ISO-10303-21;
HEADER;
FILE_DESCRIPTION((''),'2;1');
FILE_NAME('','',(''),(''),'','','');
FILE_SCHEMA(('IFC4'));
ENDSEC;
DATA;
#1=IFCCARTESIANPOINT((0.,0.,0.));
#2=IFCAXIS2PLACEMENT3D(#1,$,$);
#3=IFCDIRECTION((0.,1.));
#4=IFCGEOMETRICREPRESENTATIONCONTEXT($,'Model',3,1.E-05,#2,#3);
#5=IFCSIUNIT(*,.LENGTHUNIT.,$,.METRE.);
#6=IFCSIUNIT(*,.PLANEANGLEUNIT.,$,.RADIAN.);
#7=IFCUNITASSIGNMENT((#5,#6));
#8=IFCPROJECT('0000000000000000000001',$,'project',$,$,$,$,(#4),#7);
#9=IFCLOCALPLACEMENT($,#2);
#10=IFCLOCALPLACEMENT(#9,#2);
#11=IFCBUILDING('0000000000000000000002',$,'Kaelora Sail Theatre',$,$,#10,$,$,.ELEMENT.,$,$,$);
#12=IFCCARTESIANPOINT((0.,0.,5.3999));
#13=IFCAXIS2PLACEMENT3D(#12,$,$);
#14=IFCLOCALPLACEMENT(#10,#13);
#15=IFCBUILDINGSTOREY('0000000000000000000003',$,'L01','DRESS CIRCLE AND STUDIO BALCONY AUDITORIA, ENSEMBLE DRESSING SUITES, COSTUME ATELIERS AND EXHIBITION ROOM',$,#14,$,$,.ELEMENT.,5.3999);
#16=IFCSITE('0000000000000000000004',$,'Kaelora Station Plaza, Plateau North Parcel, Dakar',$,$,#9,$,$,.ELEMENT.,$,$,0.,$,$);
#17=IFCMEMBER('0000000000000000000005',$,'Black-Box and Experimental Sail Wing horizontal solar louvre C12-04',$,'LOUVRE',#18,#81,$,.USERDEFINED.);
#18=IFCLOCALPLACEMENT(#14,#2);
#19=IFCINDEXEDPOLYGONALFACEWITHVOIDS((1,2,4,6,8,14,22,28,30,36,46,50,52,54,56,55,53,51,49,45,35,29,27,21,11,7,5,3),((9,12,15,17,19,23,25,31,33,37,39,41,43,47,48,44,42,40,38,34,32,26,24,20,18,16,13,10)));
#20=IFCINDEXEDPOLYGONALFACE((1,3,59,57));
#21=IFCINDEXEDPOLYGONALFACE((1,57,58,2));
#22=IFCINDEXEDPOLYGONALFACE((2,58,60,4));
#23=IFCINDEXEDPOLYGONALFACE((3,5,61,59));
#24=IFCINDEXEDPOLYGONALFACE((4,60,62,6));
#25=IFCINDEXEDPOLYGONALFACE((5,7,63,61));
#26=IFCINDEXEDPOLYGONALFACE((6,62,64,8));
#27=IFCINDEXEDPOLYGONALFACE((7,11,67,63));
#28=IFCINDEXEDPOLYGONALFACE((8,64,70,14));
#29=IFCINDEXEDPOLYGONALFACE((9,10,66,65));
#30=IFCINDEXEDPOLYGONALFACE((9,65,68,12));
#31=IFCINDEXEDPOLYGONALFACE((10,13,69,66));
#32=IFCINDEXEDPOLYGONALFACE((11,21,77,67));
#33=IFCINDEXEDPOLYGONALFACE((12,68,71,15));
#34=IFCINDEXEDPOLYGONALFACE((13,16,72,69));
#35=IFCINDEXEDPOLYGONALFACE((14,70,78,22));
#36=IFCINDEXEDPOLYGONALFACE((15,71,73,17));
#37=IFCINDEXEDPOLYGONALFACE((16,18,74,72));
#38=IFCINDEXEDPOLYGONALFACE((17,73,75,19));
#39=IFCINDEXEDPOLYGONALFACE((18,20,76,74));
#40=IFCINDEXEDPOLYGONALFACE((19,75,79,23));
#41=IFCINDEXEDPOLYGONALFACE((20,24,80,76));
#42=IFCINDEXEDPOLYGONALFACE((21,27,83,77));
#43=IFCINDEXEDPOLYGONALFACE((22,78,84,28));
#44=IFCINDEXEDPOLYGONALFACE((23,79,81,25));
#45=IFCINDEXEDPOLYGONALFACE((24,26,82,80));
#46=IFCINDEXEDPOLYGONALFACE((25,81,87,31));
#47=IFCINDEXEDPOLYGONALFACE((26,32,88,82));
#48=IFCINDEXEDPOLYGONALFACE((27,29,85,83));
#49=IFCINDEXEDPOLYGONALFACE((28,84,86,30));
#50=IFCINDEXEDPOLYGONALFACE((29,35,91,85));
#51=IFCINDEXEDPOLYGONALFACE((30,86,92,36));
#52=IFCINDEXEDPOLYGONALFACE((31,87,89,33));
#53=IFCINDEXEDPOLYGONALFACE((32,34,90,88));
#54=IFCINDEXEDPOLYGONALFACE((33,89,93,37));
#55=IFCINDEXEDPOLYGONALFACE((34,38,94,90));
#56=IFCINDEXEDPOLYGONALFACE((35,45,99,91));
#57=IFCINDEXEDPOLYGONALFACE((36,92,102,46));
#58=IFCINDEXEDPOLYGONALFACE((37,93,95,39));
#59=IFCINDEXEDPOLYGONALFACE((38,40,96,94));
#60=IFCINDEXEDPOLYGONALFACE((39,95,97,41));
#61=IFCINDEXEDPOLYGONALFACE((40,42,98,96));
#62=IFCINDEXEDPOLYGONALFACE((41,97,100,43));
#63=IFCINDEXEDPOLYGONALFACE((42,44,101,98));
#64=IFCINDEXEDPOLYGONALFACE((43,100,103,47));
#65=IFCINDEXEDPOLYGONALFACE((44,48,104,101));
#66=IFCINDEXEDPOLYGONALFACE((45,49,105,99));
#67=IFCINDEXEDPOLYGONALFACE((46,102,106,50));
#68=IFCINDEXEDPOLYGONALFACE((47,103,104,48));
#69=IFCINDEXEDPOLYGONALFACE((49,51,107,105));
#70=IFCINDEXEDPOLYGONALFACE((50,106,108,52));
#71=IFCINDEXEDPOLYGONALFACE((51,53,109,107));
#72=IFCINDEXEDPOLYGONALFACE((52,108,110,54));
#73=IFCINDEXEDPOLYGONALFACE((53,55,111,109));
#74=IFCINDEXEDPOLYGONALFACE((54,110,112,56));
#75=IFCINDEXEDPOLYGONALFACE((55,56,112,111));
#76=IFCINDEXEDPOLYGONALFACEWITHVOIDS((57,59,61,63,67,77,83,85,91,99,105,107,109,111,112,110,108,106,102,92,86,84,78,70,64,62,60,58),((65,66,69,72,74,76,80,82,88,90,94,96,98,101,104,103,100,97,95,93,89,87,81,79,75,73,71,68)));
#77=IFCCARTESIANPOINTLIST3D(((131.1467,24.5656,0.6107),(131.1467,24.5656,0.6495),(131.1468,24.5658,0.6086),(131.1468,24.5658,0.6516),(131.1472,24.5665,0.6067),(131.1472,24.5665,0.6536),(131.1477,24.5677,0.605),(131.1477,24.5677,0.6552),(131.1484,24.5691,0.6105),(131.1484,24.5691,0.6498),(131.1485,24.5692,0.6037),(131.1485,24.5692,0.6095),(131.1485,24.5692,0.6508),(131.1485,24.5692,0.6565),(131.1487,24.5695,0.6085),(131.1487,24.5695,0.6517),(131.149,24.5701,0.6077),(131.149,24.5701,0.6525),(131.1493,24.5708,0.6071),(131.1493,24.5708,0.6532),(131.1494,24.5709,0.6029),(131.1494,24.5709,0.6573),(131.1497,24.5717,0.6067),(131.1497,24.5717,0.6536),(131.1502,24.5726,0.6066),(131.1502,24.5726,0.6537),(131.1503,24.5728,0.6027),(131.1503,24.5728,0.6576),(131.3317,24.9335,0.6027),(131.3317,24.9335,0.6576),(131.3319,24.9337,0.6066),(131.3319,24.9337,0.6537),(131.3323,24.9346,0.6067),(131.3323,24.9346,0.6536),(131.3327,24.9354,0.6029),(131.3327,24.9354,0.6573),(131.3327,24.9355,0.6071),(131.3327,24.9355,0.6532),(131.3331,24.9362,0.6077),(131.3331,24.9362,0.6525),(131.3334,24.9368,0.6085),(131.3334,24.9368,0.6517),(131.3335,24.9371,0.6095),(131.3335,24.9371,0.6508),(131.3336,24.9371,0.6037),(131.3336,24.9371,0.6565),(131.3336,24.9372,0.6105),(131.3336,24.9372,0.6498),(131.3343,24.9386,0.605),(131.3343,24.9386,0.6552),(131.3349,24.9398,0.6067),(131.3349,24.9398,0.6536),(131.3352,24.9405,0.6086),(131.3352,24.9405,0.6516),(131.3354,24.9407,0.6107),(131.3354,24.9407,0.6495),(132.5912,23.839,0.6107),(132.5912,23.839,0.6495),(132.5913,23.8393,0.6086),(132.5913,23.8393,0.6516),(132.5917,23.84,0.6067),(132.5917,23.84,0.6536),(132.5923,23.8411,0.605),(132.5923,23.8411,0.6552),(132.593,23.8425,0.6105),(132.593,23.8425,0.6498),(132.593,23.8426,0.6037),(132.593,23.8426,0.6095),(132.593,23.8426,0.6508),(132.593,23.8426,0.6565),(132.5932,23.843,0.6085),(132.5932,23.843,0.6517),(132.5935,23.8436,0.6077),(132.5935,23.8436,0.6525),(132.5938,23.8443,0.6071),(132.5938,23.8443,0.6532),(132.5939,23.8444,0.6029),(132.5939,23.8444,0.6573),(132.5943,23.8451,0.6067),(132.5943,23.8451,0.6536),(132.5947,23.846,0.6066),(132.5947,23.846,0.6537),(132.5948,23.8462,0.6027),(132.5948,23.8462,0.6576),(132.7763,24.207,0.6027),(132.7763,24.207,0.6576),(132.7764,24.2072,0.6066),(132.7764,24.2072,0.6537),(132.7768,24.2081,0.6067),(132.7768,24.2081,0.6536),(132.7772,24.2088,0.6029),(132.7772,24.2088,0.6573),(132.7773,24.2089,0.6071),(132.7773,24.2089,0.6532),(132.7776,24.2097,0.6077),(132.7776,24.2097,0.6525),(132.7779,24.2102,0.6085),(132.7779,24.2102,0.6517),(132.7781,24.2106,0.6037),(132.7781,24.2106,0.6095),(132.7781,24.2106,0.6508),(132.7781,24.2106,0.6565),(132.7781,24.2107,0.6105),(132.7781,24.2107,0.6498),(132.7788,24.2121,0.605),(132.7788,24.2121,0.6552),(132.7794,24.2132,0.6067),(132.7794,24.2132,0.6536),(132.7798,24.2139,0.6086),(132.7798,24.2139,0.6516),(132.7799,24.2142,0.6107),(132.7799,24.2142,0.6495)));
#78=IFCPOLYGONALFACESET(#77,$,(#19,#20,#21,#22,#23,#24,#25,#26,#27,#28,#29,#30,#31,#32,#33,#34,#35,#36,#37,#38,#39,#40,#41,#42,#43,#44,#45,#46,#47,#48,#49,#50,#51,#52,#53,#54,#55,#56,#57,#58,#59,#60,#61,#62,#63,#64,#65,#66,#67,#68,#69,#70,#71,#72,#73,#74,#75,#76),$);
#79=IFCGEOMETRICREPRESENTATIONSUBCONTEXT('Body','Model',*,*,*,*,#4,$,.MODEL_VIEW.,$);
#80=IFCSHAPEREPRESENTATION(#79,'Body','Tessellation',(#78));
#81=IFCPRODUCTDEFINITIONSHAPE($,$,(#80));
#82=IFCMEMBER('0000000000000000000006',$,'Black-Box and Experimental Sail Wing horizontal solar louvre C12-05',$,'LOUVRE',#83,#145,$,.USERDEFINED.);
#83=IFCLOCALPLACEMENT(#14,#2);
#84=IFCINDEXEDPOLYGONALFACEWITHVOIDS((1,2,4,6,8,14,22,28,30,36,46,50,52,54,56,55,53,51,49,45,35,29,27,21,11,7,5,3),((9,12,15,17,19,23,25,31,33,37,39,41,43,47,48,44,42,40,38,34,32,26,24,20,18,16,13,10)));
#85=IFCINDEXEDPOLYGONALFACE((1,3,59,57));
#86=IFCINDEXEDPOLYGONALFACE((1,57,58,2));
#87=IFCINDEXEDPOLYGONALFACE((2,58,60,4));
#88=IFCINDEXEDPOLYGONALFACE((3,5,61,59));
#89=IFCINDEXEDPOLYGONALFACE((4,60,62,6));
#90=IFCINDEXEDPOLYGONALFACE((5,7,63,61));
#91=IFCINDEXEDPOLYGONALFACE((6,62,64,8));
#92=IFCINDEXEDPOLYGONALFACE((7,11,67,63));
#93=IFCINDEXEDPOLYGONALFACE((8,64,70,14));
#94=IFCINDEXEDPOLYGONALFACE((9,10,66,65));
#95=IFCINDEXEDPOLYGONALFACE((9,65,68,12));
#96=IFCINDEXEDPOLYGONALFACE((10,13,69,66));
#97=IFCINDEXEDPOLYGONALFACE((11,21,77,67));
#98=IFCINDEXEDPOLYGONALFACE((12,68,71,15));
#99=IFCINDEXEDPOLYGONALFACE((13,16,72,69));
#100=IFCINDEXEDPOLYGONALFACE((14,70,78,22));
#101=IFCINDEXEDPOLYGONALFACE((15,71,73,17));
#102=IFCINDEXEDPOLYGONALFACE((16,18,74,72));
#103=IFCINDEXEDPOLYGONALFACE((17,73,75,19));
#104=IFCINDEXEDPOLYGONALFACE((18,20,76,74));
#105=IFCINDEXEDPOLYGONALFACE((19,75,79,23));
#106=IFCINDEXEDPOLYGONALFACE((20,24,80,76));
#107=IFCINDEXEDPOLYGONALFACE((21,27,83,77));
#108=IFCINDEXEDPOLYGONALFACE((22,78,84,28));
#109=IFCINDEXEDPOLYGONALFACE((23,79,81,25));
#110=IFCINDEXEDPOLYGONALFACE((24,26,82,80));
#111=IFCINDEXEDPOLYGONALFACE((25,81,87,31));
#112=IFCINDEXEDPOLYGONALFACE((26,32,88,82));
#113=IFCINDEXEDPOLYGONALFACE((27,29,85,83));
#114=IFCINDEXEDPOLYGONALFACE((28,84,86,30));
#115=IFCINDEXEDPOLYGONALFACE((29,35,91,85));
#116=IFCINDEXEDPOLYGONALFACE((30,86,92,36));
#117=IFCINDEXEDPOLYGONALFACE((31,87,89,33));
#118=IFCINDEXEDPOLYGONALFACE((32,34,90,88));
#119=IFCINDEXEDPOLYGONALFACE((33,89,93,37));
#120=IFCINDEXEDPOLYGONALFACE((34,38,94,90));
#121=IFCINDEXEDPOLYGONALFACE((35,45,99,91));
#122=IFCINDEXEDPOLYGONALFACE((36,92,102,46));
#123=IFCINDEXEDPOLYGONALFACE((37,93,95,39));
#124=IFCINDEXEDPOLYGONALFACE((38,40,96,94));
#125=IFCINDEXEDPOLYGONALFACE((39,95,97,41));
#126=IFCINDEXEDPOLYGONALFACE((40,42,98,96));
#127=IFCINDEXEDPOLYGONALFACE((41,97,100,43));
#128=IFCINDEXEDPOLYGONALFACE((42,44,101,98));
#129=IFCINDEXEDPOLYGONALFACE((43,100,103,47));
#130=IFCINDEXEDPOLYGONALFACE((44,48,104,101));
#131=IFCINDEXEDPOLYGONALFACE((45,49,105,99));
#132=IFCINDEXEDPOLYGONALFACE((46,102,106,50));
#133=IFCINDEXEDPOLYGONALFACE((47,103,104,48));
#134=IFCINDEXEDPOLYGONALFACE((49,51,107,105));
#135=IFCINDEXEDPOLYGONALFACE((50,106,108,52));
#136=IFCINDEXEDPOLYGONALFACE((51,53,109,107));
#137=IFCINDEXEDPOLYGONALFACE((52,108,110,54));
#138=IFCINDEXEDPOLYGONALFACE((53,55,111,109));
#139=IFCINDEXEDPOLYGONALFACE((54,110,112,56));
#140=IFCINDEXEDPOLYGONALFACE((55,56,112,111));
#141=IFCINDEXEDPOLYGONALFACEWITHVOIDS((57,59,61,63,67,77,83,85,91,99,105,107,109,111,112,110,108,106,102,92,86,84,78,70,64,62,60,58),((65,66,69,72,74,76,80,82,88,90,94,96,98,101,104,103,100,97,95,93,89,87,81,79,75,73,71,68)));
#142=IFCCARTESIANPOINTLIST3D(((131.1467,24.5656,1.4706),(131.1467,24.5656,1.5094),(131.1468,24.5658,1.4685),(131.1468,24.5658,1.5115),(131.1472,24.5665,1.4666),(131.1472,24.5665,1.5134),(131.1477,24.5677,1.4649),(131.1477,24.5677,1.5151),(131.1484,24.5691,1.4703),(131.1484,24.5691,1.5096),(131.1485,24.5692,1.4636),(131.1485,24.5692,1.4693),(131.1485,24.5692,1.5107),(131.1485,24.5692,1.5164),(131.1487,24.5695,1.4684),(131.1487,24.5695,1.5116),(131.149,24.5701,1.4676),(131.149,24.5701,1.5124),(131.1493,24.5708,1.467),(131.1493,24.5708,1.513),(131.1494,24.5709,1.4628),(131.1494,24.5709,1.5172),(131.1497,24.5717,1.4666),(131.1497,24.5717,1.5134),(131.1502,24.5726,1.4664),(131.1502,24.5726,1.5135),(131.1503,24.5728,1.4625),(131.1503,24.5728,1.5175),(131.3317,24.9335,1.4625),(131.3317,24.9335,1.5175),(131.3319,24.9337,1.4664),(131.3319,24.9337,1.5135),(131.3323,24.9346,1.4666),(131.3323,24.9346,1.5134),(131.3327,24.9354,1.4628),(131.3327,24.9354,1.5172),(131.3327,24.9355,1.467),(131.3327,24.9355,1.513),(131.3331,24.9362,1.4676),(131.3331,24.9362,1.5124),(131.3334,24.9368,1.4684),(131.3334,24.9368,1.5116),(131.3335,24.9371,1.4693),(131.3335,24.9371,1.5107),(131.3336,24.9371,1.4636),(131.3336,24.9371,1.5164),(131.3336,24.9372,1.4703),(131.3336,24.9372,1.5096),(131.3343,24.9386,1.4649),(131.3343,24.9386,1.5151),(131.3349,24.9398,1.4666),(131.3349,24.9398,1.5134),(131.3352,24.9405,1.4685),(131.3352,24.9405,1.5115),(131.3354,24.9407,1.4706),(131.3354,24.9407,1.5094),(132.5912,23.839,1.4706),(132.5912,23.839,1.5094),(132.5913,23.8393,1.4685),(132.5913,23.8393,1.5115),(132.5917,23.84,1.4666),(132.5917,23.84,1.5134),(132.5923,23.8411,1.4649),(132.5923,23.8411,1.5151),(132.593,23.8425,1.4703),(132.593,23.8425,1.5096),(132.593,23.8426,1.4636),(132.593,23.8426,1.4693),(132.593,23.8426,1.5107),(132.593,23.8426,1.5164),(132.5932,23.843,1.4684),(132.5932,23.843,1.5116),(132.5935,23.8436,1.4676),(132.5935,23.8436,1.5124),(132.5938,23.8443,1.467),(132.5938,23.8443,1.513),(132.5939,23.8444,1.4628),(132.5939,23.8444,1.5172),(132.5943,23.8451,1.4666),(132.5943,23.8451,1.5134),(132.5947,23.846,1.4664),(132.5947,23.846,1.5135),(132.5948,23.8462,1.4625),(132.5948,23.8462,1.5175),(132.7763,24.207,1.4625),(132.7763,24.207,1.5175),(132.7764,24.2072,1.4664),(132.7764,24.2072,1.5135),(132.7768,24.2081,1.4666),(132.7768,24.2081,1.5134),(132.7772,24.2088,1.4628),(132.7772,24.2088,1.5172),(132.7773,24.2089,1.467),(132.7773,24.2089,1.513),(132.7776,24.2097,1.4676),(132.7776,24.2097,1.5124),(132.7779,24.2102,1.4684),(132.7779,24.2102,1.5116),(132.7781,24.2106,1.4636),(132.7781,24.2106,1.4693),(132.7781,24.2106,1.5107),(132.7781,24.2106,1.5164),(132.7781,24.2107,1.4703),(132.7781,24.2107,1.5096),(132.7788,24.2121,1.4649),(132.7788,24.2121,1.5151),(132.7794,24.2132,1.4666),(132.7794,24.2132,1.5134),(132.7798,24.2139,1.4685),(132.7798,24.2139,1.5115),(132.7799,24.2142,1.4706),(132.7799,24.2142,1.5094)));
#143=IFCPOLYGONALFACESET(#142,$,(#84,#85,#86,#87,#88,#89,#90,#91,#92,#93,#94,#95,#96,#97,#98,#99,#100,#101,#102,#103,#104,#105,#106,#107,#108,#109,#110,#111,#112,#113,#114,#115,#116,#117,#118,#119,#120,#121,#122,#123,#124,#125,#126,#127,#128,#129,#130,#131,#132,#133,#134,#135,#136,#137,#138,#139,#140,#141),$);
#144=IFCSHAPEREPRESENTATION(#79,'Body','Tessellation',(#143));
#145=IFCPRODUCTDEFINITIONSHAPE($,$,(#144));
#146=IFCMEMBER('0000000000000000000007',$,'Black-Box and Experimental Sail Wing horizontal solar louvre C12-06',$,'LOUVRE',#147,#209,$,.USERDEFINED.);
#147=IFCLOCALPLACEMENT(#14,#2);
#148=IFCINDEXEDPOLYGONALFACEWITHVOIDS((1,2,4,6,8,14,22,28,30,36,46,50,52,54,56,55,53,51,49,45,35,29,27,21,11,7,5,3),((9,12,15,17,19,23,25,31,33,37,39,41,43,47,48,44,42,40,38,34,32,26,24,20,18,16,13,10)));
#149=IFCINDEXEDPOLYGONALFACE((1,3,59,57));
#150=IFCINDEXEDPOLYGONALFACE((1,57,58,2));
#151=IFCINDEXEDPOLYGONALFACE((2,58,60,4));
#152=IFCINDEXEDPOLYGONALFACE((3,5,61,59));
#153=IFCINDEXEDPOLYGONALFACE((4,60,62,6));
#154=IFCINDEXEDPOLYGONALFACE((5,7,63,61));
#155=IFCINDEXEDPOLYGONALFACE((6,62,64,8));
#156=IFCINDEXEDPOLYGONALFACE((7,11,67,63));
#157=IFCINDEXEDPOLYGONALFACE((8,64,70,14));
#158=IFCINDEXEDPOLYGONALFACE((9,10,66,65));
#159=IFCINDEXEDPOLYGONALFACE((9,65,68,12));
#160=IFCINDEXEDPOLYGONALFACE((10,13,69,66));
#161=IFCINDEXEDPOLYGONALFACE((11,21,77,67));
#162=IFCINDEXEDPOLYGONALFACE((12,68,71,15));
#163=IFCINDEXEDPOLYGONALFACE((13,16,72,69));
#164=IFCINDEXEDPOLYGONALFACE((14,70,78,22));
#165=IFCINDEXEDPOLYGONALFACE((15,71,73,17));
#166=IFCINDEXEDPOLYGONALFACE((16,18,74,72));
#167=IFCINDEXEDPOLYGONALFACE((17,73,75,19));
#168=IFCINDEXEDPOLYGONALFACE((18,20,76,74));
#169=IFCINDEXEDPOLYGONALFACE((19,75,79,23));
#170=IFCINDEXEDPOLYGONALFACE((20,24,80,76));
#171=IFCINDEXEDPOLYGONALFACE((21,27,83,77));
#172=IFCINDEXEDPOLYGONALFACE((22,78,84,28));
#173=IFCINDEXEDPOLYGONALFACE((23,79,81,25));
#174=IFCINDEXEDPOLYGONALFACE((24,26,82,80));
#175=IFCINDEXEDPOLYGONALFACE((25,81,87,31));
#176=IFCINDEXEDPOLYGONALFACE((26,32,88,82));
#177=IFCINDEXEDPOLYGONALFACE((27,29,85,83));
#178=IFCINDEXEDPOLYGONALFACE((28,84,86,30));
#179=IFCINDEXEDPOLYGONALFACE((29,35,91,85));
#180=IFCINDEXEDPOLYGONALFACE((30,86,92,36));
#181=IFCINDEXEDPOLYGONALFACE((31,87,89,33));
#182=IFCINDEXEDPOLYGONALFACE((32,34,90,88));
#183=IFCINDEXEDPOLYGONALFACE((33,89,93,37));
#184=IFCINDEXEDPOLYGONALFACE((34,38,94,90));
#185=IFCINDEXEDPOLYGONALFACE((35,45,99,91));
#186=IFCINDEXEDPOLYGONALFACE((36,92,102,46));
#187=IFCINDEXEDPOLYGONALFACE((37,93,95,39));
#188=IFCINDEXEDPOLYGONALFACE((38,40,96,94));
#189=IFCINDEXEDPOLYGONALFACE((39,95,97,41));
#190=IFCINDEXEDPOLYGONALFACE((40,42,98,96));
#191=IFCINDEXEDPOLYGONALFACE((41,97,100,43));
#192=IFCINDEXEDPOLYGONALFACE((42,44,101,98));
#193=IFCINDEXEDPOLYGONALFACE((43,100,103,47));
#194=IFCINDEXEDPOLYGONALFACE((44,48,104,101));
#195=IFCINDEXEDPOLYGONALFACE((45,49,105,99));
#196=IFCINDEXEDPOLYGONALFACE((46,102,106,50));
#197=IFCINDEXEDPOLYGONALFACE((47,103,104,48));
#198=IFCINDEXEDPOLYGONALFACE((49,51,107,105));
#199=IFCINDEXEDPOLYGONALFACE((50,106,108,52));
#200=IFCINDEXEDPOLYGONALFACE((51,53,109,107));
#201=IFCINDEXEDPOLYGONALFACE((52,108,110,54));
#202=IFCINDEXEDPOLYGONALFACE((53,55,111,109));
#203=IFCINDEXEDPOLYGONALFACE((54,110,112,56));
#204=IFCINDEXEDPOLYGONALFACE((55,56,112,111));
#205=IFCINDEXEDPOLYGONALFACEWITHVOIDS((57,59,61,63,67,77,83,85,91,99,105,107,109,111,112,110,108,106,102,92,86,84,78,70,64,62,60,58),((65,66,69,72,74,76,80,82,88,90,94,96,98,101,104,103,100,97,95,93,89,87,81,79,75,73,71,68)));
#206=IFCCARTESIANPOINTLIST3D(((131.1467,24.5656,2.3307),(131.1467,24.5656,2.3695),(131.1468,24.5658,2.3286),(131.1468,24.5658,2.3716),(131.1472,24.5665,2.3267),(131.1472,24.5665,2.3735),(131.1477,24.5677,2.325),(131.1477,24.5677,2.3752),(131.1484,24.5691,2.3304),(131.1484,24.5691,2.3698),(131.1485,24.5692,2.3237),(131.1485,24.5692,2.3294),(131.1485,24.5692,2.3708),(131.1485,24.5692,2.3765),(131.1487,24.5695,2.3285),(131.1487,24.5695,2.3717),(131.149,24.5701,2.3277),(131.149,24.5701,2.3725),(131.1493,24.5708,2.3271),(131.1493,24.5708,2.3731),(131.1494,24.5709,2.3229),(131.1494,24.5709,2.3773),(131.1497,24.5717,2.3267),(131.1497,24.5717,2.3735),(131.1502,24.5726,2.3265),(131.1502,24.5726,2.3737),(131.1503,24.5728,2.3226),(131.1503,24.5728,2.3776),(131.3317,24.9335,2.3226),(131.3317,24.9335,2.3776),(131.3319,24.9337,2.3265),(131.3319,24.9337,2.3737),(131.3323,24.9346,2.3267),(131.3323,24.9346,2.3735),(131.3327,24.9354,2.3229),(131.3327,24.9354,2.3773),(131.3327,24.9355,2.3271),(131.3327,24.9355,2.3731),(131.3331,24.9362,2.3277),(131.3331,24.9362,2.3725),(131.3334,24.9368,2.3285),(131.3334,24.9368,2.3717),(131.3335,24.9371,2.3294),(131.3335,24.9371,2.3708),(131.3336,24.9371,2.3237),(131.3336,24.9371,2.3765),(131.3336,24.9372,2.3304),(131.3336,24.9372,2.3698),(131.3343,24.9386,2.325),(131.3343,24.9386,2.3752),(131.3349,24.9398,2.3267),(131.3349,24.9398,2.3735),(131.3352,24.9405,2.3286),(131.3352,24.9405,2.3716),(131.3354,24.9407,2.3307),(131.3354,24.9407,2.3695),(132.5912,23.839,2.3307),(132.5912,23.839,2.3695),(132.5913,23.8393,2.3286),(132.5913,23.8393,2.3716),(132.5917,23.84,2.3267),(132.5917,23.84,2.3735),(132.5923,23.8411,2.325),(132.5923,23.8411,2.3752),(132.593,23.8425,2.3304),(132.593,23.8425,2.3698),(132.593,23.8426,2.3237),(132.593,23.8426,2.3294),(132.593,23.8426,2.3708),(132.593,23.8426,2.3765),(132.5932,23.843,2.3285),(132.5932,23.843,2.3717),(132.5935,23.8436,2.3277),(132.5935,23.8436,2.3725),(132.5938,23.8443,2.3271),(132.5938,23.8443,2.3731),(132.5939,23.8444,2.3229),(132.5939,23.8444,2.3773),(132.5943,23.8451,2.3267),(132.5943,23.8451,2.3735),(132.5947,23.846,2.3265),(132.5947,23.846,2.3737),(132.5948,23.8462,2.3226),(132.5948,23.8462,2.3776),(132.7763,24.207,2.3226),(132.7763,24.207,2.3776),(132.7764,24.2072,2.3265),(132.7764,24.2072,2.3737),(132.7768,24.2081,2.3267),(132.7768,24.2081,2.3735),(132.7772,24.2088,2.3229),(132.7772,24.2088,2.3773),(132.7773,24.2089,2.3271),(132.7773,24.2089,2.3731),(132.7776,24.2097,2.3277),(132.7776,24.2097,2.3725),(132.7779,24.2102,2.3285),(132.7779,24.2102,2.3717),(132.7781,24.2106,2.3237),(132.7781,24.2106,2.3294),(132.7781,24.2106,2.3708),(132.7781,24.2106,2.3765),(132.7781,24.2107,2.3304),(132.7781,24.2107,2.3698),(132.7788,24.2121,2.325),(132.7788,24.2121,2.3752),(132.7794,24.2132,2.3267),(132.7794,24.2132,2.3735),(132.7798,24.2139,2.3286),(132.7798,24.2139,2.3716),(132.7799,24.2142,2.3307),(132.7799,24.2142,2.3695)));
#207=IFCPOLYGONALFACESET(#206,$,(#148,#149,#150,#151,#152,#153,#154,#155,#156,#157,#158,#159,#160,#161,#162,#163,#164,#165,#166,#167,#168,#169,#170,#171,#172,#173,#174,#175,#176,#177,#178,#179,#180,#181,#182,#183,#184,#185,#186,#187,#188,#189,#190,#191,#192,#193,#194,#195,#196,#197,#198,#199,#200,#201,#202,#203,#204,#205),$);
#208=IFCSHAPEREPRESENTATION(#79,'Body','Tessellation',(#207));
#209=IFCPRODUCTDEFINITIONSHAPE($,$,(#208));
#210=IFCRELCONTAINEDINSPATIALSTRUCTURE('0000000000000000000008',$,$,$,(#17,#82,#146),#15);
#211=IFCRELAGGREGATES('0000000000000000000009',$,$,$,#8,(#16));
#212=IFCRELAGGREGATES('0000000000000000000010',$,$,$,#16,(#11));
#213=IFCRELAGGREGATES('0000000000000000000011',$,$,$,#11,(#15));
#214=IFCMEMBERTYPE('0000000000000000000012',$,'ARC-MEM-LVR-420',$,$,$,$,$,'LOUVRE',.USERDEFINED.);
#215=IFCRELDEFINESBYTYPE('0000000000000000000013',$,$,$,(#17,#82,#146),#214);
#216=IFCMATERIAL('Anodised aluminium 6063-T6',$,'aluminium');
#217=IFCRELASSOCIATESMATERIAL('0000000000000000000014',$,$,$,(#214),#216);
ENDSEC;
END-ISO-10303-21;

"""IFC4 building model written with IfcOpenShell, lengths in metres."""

from ifc_helpers import new_model, si_unit, direction, frame, origin, origin_2d, place, context, subcontext, project, spatial, hollow_rectangle, extrude, material, material_profile, profile_set, type_object, element, save


model = new_model("IFC4")

# Units and contexts
model_context = context("Model", 3, precision=1e-05, world=origin(), true_north=direction((0.0, 1.0)))
body_context = subcontext(model_context, "Body", "Model", "MODEL_VIEW")
ifc_project = project(units=[si_unit("LENGTHUNIT", "METRE"), si_unit("PLANEANGLEUNIT", "RADIAN")], contexts=[model_context])

# Site, building, storey
site_placement = place(None, origin())
site = spatial("IfcSite", under=ifc_project, at=site_placement, Name="Kaelora Station Plaza, Plateau North Parcel, Dakar", CompositionType="ELEMENT", RefElevation=0.0)
building_placement = place(site_placement, origin())
building = spatial("IfcBuilding", under=site, at=building_placement, Name="Kaelora Sail Theatre", CompositionType="ELEMENT")
storey_placement = place(building_placement, frame((0.0, 0.0, 5.3999)))
storey = spatial("IfcBuildingStorey", under=building, at=storey_placement, Name="L01", Description="DRESS CIRCLE AND STUDIO BALCONY AUDITORIA, ENSEMBLE DRESSING SUITES, COSTUME ATELIERS AND EXHIBITION ROOM", CompositionType="ELEMENT", Elevation=5.3999)

# Members
ifc_material_1 = material(Name="Anodised aluminium 6063-T6", Category="aluminium")
ifc_material_profile_1 = material_profile(ifc_material_1, hollow_rectangle(XDim=0.4199, YDim=0.0549, WallThickness=0.0039, InnerFilletRadius=0.0039, OuterFilletRadius=0.0081, at=origin_2d()), Name="LOUVRE 420x55x4")
ifc_profile_set_1 = profile_set([ifc_material_profile_1], Name="Anodised aluminium 6063-T6")
member_type = type_object("IfcMemberType", Name="ARC-MEM-LVR-420", ElementType="LOUVRE", PredefinedType="USERDEFINED", material=ifc_profile_set_1)
for number, where, z_axis, x_axis, name in (
    (1, (132.6855, 24.0266, 0.6301), (-0.893368, 0.449326, 0.0), (-0.449326, -0.893368, 0.0), "Black-Box and Experimental Sail Wing horizontal solar louvre C12-04"),
    (2, (132.6855, 24.0266, 1.49), (-0.893368, 0.449326, 0.0), (-0.449326, -0.893368, 0.0), "Black-Box and Experimental Sail Wing horizontal solar louvre C12-05"),
    (3, (132.6855, 24.0266, 2.3501), (-0.893368, 0.449326, 0.0), (-0.449326, -0.893368, 0.0), "Black-Box and Experimental Sail Wing horizontal solar louvre C12-06"),
):
    element("IfcMember", number, at=place(storey_placement, frame(where, z_axis=z_axis, x_axis=x_axis)), inside=storey, type_object=member_type, Name=name, ObjectType="LOUVRE", PredefinedType="USERDEFINED", context=body_context, shape_type="SweptSolid", body=[
        extrude(hollow_rectangle(XDim=0.4199, YDim=0.0549, WallThickness=0.0039, InnerFilletRadius=0.0039, OuterFilletRadius=0.0081, at=origin_2d()), origin(), (0.0, 0.0, 1.0), 1.6169),
    ])

save(model, "model.ifc")
